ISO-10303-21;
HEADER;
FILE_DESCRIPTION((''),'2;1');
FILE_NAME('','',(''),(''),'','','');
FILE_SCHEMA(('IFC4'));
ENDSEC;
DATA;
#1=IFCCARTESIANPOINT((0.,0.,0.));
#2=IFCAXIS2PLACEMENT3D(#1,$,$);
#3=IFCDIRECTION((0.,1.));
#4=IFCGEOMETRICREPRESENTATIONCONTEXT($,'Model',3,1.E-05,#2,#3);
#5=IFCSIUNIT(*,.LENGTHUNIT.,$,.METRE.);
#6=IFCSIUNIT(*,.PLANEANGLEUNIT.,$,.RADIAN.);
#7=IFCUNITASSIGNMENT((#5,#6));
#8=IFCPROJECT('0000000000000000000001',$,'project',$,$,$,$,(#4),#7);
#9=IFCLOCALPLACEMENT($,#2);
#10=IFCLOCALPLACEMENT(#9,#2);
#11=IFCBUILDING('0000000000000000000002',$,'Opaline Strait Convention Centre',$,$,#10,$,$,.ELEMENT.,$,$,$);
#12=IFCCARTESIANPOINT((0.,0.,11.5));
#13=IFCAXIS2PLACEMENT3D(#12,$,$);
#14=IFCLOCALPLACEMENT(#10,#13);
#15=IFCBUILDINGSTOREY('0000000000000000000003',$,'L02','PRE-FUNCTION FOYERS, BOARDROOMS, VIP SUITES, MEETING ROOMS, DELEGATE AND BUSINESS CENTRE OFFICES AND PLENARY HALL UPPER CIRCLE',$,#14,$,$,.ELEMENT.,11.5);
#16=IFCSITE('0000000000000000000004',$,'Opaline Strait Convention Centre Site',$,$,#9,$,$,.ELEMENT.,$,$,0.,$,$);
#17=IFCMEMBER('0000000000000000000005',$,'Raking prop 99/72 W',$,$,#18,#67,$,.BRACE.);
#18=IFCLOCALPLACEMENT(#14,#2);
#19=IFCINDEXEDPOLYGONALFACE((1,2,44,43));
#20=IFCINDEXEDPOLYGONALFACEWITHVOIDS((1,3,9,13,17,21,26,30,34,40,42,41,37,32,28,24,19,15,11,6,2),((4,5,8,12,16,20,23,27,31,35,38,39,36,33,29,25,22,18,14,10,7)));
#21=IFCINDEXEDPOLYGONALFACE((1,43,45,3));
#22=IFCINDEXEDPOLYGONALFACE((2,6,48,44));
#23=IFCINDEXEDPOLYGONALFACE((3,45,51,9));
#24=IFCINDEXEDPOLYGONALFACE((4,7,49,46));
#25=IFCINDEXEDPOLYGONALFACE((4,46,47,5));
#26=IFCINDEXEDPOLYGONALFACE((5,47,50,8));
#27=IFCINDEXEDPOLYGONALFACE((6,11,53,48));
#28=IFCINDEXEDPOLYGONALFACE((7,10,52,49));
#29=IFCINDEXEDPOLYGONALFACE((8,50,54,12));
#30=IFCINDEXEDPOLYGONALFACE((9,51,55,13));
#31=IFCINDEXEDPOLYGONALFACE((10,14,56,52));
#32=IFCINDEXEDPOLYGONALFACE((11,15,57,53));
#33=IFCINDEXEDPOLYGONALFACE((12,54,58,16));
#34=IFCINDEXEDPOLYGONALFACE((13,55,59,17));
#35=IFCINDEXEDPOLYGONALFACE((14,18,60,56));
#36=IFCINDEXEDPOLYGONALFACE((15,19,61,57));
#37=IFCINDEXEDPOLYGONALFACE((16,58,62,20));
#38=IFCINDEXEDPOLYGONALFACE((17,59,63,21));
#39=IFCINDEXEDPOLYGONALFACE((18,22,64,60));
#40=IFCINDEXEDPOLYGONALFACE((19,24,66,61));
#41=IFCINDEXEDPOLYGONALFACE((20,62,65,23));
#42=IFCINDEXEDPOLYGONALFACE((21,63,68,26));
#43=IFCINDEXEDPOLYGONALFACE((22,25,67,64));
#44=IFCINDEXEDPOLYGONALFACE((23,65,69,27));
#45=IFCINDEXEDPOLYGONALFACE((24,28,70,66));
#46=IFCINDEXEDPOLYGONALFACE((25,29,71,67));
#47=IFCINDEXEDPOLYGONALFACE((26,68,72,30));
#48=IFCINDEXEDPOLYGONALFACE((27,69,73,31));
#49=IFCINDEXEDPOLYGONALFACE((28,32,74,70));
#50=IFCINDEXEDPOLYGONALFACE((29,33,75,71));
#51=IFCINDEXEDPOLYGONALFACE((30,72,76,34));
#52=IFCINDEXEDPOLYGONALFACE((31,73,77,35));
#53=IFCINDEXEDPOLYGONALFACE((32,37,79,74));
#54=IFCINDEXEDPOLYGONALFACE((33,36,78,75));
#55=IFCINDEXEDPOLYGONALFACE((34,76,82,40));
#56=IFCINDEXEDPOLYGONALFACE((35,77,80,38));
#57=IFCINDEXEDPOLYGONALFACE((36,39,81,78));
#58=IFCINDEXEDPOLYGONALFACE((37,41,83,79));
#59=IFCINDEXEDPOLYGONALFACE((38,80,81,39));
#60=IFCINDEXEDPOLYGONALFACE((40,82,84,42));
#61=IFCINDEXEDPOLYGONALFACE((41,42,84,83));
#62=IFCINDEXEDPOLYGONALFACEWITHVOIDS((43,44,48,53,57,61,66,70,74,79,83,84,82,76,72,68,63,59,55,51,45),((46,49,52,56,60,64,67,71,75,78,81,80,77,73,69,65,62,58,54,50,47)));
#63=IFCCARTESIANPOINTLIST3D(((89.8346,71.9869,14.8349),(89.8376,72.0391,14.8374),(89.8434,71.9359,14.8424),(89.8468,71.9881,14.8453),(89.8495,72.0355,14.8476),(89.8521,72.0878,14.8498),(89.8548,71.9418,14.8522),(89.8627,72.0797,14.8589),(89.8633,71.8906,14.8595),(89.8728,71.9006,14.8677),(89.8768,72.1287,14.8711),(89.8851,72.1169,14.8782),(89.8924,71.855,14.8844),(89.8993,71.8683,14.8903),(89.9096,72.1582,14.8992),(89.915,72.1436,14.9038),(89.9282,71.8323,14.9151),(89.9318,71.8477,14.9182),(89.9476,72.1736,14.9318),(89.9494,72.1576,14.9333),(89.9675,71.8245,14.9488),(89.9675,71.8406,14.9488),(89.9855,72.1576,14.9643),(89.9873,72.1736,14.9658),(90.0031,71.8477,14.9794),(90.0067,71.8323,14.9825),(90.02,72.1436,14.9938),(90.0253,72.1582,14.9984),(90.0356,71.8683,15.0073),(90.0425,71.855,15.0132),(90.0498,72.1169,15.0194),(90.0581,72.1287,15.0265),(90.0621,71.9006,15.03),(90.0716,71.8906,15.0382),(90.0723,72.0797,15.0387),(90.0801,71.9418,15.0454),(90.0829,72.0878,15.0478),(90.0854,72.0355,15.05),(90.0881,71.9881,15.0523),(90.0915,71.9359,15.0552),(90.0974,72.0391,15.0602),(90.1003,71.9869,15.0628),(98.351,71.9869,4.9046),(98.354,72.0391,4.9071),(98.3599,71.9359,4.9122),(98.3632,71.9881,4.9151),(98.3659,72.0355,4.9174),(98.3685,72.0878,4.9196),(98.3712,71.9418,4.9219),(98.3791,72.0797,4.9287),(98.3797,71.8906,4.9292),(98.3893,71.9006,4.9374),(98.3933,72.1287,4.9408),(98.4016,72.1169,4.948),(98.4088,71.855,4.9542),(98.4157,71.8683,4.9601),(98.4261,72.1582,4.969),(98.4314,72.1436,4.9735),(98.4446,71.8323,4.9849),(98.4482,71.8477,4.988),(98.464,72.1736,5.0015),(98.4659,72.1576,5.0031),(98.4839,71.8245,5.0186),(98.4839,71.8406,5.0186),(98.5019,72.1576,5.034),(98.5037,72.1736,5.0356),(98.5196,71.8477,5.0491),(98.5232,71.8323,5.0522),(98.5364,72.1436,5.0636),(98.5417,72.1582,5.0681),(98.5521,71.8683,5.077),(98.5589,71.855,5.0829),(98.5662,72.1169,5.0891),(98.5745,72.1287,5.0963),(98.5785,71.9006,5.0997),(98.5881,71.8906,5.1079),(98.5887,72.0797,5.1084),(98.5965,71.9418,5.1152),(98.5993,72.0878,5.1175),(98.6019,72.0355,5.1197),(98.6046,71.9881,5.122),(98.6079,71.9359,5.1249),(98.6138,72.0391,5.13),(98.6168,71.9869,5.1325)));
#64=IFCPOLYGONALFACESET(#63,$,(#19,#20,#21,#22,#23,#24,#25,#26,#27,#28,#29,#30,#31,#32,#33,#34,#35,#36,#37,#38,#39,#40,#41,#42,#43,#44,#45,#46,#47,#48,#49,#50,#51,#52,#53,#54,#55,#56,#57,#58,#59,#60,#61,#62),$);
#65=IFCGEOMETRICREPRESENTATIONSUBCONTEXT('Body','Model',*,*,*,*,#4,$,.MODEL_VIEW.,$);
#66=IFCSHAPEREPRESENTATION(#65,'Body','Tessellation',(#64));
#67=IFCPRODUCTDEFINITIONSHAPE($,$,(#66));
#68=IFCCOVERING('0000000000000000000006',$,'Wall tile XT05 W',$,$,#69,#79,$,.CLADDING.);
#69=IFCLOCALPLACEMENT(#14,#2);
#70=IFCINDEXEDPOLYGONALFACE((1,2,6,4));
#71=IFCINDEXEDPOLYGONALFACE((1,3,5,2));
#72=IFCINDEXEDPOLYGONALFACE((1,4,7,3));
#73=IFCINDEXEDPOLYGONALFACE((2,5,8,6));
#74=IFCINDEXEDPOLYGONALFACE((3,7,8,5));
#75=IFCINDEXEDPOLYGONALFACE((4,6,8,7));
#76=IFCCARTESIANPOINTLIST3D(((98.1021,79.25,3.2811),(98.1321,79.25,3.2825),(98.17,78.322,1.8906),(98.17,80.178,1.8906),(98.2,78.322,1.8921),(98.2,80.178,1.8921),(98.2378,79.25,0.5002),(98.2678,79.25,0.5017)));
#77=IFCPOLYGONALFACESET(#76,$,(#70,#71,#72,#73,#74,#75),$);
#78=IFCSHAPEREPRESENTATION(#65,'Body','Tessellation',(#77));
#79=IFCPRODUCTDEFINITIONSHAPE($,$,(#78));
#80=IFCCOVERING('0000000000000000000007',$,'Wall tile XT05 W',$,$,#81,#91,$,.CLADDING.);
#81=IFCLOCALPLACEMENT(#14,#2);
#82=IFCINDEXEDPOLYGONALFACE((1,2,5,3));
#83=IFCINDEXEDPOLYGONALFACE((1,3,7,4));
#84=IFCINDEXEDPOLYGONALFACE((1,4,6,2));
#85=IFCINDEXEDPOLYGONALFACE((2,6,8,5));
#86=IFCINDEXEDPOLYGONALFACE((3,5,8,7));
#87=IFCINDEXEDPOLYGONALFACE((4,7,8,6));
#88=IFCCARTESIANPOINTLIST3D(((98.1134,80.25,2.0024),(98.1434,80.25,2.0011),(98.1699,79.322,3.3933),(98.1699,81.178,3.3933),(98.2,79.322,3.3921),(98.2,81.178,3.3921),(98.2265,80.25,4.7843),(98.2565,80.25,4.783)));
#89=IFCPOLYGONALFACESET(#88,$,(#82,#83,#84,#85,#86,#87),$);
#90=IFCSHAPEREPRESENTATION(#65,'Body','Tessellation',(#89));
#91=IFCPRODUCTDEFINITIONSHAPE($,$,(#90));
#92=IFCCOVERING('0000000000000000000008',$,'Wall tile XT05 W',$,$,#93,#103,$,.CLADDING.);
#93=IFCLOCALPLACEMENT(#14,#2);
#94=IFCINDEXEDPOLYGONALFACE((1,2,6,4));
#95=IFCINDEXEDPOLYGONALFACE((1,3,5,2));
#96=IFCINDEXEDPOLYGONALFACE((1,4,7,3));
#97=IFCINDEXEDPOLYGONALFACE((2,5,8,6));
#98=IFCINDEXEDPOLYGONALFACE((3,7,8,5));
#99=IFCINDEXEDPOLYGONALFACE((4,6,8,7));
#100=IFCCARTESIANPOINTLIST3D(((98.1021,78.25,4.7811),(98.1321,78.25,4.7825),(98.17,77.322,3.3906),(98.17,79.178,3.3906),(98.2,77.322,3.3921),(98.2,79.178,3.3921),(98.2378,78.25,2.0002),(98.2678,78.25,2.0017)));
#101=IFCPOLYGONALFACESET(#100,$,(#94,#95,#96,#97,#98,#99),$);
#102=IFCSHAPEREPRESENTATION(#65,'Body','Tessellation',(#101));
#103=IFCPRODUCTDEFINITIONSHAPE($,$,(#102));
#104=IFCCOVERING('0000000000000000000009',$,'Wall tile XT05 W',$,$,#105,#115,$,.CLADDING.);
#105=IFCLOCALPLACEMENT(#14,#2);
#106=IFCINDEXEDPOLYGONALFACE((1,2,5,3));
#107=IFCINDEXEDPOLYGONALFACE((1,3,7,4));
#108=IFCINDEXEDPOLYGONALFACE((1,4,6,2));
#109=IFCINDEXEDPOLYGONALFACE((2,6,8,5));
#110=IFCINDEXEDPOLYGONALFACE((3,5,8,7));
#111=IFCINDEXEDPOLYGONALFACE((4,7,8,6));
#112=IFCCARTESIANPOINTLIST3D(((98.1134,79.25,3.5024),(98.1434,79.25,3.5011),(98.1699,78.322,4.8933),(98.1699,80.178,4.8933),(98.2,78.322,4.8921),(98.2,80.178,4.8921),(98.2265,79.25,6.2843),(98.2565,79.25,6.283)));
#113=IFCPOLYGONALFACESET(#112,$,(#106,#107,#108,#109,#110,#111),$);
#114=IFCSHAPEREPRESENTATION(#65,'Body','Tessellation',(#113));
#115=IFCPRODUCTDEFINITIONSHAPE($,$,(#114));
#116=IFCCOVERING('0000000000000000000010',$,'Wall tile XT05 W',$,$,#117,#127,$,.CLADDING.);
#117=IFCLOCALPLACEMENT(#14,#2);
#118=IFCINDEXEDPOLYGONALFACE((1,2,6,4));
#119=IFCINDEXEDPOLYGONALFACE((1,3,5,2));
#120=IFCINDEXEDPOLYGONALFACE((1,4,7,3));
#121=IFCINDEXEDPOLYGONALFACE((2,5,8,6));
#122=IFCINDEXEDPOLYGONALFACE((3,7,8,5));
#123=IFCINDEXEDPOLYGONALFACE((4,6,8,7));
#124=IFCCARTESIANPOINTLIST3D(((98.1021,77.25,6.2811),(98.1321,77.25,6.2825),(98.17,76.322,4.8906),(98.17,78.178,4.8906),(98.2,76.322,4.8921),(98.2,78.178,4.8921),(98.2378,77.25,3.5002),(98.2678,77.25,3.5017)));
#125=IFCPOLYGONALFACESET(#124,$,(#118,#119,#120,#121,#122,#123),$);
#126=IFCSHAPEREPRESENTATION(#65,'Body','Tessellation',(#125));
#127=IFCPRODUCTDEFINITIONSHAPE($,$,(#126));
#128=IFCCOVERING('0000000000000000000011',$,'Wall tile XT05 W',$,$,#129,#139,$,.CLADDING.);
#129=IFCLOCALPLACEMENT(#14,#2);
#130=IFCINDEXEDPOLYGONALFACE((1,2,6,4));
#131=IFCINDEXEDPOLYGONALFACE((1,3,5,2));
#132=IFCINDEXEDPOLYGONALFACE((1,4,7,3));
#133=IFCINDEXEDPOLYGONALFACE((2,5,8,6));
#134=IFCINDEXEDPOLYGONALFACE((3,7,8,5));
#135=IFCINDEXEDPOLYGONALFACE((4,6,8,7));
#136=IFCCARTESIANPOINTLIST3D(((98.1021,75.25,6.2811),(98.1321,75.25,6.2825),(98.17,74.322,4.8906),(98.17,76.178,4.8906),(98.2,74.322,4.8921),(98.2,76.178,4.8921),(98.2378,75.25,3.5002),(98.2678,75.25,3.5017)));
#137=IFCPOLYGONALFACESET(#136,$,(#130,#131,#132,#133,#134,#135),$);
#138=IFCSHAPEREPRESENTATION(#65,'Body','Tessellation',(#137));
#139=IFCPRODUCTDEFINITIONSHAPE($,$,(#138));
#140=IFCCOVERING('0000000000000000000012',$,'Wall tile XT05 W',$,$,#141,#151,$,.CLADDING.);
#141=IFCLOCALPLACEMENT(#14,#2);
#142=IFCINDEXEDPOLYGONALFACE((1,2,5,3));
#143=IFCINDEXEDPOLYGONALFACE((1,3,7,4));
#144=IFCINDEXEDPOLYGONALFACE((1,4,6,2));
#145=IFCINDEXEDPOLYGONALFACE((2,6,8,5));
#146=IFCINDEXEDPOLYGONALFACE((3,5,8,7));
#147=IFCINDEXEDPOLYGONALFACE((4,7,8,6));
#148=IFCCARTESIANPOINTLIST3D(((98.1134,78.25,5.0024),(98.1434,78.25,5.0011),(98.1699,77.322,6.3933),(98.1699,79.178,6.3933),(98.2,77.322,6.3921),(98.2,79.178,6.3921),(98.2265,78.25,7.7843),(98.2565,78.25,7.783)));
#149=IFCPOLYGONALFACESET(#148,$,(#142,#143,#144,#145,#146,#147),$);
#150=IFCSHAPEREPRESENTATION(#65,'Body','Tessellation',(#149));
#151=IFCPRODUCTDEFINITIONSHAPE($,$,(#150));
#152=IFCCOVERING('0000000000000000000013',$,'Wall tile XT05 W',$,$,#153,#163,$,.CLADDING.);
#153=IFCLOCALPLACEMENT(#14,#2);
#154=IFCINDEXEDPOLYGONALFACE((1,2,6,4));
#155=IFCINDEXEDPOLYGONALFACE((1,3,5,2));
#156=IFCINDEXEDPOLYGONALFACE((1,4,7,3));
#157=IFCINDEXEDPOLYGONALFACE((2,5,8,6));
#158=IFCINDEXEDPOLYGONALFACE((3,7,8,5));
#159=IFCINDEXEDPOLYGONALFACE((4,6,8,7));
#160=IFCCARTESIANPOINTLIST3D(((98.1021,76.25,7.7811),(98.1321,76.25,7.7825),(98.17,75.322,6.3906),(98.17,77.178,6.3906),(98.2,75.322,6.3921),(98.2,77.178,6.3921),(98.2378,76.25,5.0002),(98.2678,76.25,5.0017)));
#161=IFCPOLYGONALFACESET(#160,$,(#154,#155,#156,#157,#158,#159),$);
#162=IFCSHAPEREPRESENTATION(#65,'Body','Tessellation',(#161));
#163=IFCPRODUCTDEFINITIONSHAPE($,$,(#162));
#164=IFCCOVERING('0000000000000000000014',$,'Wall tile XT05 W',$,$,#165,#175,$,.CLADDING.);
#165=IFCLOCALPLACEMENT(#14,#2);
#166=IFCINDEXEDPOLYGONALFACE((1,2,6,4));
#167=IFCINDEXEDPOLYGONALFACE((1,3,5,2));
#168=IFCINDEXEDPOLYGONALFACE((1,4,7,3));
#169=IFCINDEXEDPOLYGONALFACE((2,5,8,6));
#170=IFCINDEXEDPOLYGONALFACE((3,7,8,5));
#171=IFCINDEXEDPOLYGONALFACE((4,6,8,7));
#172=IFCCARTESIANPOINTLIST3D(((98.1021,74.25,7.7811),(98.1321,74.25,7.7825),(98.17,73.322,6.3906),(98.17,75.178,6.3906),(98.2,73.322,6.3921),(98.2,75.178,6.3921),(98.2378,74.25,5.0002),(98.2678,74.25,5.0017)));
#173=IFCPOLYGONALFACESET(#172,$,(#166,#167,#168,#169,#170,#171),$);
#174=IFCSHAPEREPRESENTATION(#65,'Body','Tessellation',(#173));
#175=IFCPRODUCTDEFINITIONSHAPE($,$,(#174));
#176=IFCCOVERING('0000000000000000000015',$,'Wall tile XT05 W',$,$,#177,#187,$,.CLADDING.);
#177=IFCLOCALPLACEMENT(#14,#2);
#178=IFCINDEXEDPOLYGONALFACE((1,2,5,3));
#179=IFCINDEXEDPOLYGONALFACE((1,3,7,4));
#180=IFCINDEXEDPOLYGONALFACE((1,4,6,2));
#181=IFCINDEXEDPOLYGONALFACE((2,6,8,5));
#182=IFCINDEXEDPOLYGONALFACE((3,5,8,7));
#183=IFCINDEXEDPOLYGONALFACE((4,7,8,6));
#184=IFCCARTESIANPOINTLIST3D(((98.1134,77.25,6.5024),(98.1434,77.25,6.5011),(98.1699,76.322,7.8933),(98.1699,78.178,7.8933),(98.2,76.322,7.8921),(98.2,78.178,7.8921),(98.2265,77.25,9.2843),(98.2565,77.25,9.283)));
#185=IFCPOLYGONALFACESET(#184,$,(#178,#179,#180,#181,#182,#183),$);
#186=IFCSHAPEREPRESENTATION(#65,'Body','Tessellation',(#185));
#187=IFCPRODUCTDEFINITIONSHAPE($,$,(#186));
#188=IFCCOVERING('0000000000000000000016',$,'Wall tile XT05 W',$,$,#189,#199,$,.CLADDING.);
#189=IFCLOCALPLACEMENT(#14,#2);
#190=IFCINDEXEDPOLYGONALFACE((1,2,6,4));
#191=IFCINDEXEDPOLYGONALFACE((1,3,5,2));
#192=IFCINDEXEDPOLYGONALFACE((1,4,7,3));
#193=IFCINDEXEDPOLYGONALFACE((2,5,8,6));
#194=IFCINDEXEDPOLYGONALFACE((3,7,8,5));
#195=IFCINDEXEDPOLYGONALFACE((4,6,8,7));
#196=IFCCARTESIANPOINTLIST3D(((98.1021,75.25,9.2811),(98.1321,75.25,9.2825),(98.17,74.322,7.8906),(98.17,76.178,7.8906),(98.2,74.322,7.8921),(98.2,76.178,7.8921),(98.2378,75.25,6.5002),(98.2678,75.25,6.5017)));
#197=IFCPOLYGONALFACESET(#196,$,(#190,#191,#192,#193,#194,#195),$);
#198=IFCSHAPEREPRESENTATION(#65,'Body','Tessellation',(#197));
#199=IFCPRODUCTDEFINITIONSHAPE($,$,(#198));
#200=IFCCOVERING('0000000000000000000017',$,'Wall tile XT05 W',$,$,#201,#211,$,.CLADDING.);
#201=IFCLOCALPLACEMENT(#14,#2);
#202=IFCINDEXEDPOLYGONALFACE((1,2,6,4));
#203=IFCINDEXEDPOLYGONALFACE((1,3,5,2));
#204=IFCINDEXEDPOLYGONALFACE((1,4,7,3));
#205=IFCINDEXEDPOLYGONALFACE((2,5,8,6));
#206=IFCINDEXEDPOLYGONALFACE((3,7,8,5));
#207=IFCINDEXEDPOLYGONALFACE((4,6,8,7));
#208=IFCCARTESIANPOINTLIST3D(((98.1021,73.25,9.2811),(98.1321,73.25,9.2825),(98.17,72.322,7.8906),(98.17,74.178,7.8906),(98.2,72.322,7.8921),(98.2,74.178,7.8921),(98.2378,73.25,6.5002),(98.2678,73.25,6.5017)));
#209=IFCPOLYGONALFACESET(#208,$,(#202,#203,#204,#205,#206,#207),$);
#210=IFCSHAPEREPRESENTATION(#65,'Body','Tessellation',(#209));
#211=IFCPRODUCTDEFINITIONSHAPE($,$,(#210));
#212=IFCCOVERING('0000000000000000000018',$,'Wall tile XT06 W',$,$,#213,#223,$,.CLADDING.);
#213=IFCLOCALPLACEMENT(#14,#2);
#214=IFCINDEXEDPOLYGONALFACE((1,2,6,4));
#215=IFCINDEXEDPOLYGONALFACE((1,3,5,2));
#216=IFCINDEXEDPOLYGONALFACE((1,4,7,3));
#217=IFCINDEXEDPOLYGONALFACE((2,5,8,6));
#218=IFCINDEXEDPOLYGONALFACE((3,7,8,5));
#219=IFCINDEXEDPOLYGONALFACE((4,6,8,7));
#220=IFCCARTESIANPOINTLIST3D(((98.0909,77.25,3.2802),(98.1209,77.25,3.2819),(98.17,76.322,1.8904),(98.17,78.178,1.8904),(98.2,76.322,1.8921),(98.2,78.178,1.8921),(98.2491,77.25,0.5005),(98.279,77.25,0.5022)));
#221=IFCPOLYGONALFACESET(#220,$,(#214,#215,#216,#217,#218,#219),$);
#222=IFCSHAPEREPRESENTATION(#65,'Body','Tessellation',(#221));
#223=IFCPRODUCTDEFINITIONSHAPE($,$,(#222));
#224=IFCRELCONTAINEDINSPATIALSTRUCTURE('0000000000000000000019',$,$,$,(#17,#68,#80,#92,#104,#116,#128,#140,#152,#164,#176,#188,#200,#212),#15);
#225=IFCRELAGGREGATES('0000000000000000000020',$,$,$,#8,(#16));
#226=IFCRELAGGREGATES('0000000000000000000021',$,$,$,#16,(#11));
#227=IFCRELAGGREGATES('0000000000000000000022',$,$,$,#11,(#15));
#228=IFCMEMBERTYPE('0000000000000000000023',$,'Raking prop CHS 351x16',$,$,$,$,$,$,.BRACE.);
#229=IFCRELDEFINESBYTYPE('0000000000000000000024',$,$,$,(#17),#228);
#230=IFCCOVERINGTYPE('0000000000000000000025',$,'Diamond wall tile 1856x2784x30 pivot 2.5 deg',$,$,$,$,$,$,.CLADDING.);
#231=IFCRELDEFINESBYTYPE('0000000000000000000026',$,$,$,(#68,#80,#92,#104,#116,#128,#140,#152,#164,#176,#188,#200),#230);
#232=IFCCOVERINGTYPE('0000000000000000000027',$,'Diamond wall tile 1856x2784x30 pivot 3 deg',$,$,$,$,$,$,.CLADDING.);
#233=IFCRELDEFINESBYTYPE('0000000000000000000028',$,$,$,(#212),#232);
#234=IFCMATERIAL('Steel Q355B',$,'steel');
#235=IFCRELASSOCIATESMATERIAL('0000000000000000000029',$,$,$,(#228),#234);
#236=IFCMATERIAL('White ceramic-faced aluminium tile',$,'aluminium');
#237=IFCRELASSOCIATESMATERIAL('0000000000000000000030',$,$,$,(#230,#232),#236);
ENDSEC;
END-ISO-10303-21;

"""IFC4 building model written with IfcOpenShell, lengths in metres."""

from ifc_helpers import new_model, si_unit, direction, frame, origin, origin_2d, place, context, subcontext, project, spatial, polyline, hollow_circle, outline, extrude, material, material_profile, profile_set, type_object, element, save


model = new_model("IFC4")

# Units and contexts
model_context = context("Model", 3, precision=1e-05, world=origin(), true_north=direction((0.0, 1.0)))
body_context = subcontext(model_context, "Body", "Model", "MODEL_VIEW")
ifc_project = project(units=[si_unit("LENGTHUNIT", "METRE"), si_unit("PLANEANGLEUNIT", "RADIAN")], contexts=[model_context])

# Site, building, storey
site_placement = place(None, origin())
site = spatial("IfcSite", under=ifc_project, at=site_placement, Name="Opaline Strait Convention Centre Site", CompositionType="ELEMENT", RefElevation=0.0)
building_placement = place(site_placement, origin())
building = spatial("IfcBuilding", under=site, at=building_placement, Name="Opaline Strait Convention Centre", CompositionType="ELEMENT")
storey_placement = place(building_placement, frame((0.0, 0.0, 11.5)))
storey = spatial("IfcBuildingStorey", under=building, at=storey_placement, Name="L02", Description="PRE-FUNCTION FOYERS, BOARDROOMS, VIP SUITES, MEETING ROOMS, DELEGATE AND BUSINESS CENTRE OFFICES AND PLENARY HALL UPPER CIRCLE", CompositionType="ELEMENT", Elevation=11.5)

# Member
ifc_material_1 = material(Name="Steel Q355B", Category="steel")
ifc_material_profile_1 = material_profile(ifc_material_1, hollow_circle(Radius=0.1755, WallThickness=0.0161, at=origin_2d()), Name="CHS 351x16")
ifc_profile_set_1 = profile_set([ifc_material_profile_1], Name="Steel Q355B")
member_type = type_object("IfcMemberType", Name="Raking prop CHS 351x16", PredefinedType="BRACE", material=ifc_profile_set_1)
member_placement = place(storey_placement, frame((98.4839, 72.0, 5.0186), z_axis=(-0.651002, 0.0, 0.759076), x_axis=(0.0, -1.0, 0.0)))
element("IfcMember", 1, at=member_placement, inside=storey, type_object=member_type, Name="Raking prop 99/72 W", PredefinedType="BRACE", context=body_context, shape_type="SweptSolid", body=[
    extrude(hollow_circle(Radius=0.1755, WallThickness=0.0161, at=origin_2d()), origin(), (0.0, 0.0, 1.0), 13.082),
])

# Coverings
ifc_material_2 = material(Name="White ceramic-faced aluminium tile", Category="aluminium")
ifc_material_profile_2 = material_profile(ifc_material_2, outline(polyline([(0.928, 0.0), (0.0, 1.3921), (-0.928, 0.0), (0.0, -1.3921), (0.928, 0.0)])), Name="Diamond tile 1856x2784")
ifc_profile_set_2 = profile_set([ifc_material_profile_2], Name="White ceramic-faced aluminium tile")
covering_type_1 = type_object("IfcCoveringType", Name="Diamond wall tile 1856x2784x30 pivot 2.5 deg", PredefinedType="CLADDING", material=ifc_profile_set_2)
for number, where, z_axis, x_axis, name in (
    (2, (98.2, 79.25, 1.8921), (-0.998812, 0.0, -0.048723), (0.0, -1.0, 0.0), "Wall tile XT05 W"),
    (3, (98.2, 80.25, 3.3921), (-0.999175, 0.0, 0.040617), (0.0, -1.0, 0.0), "Wall tile XT05 W"),
    (4, (98.2, 78.25, 3.3921), (-0.998812, 0.0, -0.048723), (0.0, -1.0, 0.0), "Wall tile XT05 W"),
    (5, (98.2, 79.25, 4.8921), (-0.999175, 0.0, 0.040617), (0.0, -1.0, 0.0), "Wall tile XT05 W"),
    (6, (98.2, 77.25, 4.8921), (-0.998812, 0.0, -0.048723), (0.0, -1.0, 0.0), "Wall tile XT05 W"),
    (7, (98.2, 75.25, 4.8921), (-0.998812, 0.0, -0.048723), (0.0, -1.0, 0.0), "Wall tile XT05 W"),
    (8, (98.2, 78.25, 6.3921), (-0.999175, 0.0, 0.040617), (0.0, -1.0, 0.0), "Wall tile XT05 W"),
    (9, (98.2, 76.25, 6.3921), (-0.998812, 0.0, -0.048723), (0.0, -1.0, 0.0), "Wall tile XT05 W"),
    (10, (98.2, 74.25, 6.3921), (-0.998812, 0.0, -0.048723), (0.0, -1.0, 0.0), "Wall tile XT05 W"),
    (11, (98.2, 77.25, 7.8921), (-0.999175, 0.0, 0.040617), (0.0, -1.0, 0.0), "Wall tile XT05 W"),
    (12, (98.2, 75.25, 7.8921), (-0.998812, 0.0, -0.048723), (0.0, -1.0, 0.0), "Wall tile XT05 W"),
    (13, (98.2, 73.25, 7.8921), (-0.998812, 0.0, -0.048723), (0.0, -1.0, 0.0), "Wall tile XT05 W"),
):
    element("IfcCovering", number, at=place(storey_placement, frame(where, z_axis=z_axis, x_axis=x_axis)), inside=storey, type_object=covering_type_1, Name=name, PredefinedType="CLADDING", context=body_context, shape_type="SweptSolid", body=[
        extrude(outline(polyline([(0.928, 0.0), (0.0, 1.3921), (-0.928, 0.0), (0.0, -1.3921), (0.928, 0.0)])), origin(), (0.0, 0.0, 1.0), 0.03),
    ])
ifc_material_profile_3 = material_profile(ifc_material_2, outline(polyline([(0.928, 0.0), (0.0, 1.3921), (-0.928, 0.0), (0.0, -1.3921), (0.928, 0.0)])), Name="Diamond tile 1856x2784")
ifc_profile_set_3 = profile_set([ifc_material_profile_3], Name="White ceramic-faced aluminium tile")
covering_type_2 = type_object("IfcCoveringType", Name="Diamond wall tile 1856x2784x30 pivot 3 deg", PredefinedType="CLADDING", material=ifc_profile_set_3)
for number, where, z_axis, x_axis, name in (
    (14, (98.2, 77.25, 1.8921), (-0.998385, 0.0, -0.056819), (0.0, -1.0, 0.0), "Wall tile XT06 W"),
):
    element("IfcCovering", number, at=place(storey_placement, frame(where, z_axis=z_axis, x_axis=x_axis)), inside=storey, type_object=covering_type_2, Name=name, PredefinedType="CLADDING", context=body_context, shape_type="SweptSolid", body=[
        extrude(outline(polyline([(0.928, 0.0), (0.0, 1.3921), (-0.928, 0.0), (0.0, -1.3921), (0.928, 0.0)])), origin(), (0.0, 0.0, 1.0), 0.03),
    ])

save(model, "model.ifc")
